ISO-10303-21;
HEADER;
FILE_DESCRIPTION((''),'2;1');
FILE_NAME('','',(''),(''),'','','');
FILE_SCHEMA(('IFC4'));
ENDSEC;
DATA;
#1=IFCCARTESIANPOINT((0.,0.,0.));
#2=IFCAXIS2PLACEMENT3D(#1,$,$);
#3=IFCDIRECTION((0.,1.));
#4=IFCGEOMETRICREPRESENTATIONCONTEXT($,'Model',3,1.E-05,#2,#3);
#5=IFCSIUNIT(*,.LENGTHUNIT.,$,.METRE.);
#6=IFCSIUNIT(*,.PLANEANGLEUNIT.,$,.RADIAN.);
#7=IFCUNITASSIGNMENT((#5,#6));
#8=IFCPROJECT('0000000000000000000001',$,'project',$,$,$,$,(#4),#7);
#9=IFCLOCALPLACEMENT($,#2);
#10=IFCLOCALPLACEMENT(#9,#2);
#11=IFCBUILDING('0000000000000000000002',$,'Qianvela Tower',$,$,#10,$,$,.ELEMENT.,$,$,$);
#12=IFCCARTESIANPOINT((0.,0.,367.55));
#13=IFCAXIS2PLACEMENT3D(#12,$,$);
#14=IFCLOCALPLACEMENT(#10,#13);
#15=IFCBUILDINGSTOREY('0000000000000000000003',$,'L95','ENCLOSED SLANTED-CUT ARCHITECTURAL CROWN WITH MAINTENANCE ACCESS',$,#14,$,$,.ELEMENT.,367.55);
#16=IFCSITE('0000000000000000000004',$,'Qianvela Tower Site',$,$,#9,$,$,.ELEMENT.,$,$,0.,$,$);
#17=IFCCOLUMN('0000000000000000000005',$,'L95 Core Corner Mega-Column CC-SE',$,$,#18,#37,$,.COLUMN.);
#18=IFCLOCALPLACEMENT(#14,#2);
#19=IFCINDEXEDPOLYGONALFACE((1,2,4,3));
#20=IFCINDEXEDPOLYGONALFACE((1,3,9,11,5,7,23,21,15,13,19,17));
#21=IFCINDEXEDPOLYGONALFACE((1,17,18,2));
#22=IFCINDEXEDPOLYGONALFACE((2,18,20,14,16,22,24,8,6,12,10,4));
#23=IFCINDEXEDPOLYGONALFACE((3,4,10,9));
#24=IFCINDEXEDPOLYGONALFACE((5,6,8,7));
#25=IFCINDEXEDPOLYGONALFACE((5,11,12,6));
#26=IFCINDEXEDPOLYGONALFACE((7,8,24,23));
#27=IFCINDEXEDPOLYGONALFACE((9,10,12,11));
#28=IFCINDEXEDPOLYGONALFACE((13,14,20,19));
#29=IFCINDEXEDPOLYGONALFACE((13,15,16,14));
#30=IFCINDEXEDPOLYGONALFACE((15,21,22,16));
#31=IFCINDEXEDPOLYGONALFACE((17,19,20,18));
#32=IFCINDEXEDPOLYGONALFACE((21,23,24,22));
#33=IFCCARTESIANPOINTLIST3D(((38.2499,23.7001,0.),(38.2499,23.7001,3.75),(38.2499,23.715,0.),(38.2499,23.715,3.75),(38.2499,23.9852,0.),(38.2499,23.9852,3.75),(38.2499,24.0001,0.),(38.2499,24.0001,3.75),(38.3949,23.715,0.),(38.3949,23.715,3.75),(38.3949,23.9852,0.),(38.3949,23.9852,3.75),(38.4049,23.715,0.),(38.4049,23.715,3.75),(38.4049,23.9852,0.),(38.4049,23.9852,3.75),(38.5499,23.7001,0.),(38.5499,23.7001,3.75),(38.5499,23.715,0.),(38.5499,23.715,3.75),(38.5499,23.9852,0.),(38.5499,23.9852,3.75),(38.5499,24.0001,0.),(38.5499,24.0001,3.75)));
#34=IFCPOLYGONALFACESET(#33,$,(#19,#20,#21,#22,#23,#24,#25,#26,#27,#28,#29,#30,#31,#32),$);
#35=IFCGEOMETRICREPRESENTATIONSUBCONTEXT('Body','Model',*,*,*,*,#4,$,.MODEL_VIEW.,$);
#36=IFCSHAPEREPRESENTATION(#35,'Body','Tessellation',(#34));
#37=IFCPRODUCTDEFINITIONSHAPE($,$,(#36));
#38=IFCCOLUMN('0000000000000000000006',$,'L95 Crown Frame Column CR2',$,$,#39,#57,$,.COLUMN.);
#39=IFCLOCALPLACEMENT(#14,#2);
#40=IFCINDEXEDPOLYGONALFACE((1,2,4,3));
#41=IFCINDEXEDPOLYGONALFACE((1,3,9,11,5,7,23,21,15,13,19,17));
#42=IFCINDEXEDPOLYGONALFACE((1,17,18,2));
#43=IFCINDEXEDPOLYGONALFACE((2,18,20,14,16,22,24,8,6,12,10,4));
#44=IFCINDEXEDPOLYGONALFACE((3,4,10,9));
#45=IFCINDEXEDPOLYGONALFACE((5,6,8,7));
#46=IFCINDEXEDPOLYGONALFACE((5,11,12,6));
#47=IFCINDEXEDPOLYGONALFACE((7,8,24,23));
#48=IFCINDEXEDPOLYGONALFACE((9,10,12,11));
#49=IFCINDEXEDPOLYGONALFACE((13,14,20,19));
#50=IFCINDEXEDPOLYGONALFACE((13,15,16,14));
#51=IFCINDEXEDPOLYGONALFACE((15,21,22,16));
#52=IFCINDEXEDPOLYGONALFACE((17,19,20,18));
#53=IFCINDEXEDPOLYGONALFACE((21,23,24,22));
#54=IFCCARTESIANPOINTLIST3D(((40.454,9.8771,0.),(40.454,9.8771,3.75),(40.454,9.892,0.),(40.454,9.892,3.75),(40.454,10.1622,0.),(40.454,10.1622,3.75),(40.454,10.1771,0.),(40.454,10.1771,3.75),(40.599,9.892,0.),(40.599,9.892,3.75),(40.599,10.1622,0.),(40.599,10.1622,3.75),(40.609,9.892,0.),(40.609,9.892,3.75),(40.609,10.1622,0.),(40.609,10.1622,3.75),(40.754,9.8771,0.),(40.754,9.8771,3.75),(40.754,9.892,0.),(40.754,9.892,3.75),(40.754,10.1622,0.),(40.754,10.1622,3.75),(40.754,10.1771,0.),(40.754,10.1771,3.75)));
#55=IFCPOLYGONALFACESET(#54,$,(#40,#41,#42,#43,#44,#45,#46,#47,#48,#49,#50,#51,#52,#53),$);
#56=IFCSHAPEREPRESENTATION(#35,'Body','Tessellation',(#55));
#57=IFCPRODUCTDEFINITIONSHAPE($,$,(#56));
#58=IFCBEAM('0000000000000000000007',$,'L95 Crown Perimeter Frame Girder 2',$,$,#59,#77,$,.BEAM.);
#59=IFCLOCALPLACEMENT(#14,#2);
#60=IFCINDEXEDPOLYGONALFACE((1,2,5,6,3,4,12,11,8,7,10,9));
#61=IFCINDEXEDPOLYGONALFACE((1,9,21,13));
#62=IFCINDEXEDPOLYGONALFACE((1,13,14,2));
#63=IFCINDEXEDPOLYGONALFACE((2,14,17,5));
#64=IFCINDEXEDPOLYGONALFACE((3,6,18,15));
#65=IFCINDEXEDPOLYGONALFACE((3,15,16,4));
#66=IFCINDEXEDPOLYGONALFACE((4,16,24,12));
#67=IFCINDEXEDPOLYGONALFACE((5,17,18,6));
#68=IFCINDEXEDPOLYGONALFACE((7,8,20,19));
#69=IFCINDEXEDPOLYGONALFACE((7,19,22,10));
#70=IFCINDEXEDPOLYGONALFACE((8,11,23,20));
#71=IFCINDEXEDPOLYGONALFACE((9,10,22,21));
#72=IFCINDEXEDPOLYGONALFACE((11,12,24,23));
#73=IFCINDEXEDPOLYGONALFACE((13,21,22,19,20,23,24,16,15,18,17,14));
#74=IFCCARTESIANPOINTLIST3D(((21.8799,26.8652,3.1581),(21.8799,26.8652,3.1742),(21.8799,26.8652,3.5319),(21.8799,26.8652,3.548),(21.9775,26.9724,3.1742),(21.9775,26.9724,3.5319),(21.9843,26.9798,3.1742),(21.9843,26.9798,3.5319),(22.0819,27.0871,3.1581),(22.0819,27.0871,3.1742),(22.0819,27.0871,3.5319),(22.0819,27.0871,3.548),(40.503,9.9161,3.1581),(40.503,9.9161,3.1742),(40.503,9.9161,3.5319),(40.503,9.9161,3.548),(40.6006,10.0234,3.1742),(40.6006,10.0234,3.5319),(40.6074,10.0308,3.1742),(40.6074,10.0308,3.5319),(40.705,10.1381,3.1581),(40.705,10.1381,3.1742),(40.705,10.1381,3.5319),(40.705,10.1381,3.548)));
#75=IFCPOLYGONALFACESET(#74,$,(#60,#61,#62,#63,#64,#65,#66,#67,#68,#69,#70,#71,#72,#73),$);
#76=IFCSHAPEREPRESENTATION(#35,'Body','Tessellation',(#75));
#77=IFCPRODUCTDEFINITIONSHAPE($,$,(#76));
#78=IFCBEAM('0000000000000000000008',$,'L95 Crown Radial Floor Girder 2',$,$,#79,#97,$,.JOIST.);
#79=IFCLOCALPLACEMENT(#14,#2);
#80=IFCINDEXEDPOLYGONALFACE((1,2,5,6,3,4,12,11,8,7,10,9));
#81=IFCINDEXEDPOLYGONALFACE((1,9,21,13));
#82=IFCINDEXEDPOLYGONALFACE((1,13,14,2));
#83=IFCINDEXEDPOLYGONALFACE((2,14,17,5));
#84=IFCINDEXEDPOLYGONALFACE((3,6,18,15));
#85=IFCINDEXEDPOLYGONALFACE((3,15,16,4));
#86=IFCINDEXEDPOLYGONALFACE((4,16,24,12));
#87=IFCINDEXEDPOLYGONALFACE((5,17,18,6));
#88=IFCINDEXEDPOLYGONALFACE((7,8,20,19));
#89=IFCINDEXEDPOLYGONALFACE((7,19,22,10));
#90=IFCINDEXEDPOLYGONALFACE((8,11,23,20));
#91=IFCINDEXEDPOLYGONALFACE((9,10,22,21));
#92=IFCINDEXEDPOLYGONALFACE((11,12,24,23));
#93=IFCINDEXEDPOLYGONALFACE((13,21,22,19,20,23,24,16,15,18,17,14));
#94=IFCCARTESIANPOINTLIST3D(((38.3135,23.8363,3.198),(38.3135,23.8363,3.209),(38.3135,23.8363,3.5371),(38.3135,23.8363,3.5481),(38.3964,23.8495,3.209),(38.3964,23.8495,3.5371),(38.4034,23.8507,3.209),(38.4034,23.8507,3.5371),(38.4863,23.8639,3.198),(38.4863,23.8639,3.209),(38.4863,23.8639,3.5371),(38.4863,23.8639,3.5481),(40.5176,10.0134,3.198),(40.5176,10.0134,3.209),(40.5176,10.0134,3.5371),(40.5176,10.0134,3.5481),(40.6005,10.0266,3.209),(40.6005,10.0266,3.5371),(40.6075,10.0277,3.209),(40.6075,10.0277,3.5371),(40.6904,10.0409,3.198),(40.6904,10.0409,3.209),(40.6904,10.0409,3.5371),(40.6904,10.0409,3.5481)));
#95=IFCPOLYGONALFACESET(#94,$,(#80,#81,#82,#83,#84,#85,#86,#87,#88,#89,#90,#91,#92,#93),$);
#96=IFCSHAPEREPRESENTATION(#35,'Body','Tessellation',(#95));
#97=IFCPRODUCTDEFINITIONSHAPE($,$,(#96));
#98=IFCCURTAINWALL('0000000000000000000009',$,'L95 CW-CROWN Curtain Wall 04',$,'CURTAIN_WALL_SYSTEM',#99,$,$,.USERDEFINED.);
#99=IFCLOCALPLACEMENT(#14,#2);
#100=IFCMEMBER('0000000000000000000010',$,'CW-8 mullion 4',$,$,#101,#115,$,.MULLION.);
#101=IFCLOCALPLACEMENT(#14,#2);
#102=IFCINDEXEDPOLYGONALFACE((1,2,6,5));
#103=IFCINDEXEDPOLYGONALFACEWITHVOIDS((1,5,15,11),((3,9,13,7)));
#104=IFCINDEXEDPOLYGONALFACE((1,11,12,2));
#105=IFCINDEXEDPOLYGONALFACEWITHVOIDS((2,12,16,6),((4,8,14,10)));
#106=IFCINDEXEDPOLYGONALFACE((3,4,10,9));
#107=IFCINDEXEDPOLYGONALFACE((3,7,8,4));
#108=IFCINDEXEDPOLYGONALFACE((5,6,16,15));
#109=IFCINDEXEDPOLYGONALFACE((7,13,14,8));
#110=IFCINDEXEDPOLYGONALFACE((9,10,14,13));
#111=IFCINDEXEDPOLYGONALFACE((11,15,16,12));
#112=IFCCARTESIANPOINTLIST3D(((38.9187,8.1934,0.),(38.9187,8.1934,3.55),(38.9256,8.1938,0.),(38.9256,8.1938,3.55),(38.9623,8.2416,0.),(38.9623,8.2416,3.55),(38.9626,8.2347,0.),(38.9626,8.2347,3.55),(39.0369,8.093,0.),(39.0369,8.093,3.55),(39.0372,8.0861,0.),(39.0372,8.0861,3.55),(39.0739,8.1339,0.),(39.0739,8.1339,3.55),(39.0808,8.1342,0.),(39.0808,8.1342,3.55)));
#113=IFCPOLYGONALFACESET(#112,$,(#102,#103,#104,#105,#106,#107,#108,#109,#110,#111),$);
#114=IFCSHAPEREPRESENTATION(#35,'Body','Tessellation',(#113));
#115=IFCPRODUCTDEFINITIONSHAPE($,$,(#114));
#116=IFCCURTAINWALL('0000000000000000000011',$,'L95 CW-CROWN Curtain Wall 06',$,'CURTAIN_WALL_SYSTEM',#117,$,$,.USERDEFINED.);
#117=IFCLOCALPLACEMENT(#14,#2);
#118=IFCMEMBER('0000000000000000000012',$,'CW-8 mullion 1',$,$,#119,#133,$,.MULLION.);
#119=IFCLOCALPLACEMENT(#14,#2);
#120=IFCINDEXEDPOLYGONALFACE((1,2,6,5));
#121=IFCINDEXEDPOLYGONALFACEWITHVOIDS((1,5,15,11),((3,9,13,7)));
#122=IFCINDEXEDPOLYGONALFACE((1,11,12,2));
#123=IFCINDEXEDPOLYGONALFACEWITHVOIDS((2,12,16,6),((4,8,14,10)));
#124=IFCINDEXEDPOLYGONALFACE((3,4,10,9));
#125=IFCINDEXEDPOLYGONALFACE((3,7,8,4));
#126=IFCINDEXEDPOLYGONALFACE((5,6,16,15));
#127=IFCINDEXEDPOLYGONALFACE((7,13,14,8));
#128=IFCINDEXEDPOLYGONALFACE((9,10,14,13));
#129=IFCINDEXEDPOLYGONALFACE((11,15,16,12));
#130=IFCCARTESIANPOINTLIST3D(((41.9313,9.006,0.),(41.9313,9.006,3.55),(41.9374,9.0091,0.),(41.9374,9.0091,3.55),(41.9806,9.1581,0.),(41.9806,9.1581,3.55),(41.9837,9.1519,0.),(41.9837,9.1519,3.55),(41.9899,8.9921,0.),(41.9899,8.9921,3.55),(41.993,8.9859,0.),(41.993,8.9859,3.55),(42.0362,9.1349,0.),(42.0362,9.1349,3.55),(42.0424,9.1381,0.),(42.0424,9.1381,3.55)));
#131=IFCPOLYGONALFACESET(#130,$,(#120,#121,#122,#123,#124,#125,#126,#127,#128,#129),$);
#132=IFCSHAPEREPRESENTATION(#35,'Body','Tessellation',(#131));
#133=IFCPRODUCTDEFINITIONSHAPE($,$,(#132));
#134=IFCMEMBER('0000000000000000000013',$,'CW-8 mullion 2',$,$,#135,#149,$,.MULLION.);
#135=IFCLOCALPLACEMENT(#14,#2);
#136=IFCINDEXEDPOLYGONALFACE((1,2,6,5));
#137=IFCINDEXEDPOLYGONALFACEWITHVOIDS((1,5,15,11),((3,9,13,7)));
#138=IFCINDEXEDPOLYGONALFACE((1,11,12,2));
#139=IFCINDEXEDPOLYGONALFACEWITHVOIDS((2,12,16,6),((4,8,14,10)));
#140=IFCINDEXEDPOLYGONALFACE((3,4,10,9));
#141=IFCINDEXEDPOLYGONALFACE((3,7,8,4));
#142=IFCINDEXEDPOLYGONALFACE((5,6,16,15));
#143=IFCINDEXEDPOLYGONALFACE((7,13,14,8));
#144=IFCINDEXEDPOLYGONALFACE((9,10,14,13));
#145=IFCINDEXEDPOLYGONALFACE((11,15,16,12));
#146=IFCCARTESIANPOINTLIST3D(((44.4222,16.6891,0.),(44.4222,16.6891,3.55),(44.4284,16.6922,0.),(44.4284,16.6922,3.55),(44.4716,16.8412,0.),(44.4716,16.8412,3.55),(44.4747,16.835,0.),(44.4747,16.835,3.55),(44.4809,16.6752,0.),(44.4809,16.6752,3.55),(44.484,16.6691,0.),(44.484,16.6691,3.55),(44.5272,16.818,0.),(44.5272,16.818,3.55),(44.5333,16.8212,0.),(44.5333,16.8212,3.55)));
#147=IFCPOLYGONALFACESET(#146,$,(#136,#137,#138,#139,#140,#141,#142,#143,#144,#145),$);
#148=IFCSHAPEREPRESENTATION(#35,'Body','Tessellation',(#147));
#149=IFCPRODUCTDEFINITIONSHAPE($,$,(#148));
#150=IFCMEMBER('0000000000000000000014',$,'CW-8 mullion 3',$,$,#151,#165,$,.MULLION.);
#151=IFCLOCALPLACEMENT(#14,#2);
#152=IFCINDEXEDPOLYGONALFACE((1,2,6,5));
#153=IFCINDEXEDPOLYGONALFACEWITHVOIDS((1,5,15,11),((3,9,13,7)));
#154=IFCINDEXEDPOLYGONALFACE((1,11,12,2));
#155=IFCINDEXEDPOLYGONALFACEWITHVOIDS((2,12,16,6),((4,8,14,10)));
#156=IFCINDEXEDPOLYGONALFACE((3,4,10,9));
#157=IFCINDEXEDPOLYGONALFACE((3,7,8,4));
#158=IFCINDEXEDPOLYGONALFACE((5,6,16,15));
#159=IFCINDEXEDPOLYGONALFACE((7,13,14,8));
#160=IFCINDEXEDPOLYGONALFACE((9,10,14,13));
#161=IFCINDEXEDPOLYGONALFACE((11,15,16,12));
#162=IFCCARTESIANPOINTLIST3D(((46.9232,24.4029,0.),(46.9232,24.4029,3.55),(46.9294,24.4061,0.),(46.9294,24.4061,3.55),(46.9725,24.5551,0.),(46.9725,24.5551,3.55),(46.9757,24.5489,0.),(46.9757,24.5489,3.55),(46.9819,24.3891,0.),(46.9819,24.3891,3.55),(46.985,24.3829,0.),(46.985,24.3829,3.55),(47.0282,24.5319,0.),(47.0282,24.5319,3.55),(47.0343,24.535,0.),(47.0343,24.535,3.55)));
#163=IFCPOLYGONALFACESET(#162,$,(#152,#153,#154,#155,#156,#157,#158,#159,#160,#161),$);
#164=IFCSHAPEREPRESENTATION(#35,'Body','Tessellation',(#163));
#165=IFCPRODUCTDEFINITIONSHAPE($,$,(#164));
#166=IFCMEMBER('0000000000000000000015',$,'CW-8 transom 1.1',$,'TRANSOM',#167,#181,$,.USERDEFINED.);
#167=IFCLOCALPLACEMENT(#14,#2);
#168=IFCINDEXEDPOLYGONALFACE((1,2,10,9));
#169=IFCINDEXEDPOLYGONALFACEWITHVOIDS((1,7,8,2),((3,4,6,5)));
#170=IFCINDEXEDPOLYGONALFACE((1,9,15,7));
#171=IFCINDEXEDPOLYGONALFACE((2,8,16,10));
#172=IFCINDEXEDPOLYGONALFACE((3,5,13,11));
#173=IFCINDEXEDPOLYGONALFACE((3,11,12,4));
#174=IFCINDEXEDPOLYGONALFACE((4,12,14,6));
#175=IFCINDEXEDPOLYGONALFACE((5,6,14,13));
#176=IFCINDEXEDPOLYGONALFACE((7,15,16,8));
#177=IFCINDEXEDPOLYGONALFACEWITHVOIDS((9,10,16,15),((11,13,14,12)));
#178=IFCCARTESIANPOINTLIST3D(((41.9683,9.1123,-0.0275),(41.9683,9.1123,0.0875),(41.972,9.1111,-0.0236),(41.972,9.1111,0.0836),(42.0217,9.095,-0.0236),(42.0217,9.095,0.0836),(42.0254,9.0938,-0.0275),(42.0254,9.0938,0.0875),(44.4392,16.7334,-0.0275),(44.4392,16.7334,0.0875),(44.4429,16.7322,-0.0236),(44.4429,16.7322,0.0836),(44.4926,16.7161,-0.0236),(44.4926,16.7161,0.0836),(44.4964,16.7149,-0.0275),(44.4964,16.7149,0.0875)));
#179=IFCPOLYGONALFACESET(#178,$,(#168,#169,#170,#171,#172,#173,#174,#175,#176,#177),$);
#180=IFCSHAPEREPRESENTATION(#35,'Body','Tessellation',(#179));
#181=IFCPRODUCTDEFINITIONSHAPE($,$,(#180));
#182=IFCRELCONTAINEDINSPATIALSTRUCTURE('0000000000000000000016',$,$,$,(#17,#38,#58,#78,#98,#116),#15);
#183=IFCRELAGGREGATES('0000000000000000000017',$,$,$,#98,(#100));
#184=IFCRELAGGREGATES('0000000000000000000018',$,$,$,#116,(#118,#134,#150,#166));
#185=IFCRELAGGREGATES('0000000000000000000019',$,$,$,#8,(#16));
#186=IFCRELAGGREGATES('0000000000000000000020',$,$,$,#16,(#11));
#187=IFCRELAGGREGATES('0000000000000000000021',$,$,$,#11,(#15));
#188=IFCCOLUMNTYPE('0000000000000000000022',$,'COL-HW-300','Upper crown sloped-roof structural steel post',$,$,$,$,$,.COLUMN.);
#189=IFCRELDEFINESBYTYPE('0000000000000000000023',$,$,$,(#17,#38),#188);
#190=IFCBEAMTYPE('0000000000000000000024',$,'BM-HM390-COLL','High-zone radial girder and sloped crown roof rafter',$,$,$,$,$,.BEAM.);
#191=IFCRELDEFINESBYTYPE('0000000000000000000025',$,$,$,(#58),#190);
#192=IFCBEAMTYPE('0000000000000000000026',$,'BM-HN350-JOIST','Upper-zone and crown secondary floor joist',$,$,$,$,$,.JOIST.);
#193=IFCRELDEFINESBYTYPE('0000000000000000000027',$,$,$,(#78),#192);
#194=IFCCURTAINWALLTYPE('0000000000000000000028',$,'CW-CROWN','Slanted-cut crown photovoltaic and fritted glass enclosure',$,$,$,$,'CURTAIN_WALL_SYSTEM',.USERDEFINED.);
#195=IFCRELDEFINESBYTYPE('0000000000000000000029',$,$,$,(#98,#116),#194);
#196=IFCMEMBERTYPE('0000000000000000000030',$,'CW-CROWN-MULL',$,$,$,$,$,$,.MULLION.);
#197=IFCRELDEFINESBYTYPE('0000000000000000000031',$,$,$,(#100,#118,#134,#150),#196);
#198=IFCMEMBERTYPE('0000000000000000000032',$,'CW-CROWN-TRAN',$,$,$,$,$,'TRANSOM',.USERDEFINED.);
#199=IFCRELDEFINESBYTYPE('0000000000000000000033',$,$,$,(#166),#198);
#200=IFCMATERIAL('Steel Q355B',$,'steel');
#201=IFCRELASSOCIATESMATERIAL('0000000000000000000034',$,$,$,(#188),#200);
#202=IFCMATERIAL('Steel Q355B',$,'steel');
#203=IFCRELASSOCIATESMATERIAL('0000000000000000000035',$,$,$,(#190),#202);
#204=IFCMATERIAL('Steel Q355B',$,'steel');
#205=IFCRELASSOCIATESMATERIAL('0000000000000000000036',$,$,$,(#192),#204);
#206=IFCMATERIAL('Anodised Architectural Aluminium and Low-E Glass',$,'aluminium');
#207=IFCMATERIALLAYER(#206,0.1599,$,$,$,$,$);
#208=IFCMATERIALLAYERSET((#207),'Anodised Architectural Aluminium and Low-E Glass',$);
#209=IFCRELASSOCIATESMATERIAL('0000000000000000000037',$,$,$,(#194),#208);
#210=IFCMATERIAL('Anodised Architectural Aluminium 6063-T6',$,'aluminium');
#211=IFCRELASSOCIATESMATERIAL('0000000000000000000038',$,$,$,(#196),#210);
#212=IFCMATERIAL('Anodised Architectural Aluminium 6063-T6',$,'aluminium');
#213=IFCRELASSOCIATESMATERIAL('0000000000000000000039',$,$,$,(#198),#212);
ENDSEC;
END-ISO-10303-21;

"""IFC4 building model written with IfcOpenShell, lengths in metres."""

from ifc_helpers import new_model, si_unit, direction, frame, origin, origin_2d, place, context, subcontext, project, spatial, hollow_rectangle, i_section, extrude, material, layer, layer_set, material_profile, profile_set, type_object, element, aggregate, save


model = new_model("IFC4")

# Units and contexts
model_context = context("Model", 3, precision=1e-05, world=origin(), true_north=direction((0.0, 1.0)))
body_context = subcontext(model_context, "Body", "Model", "MODEL_VIEW")
ifc_project = project(units=[si_unit("LENGTHUNIT", "METRE"), si_unit("PLANEANGLEUNIT", "RADIAN")], contexts=[model_context])

# Site, building, storey
site_placement = place(None, origin())
site = spatial("IfcSite", under=ifc_project, at=site_placement, Name="Qianvela Tower Site", CompositionType="ELEMENT", RefElevation=0.0)
building_placement = place(site_placement, origin())
building = spatial("IfcBuilding", under=site, at=building_placement, Name="Qianvela Tower", CompositionType="ELEMENT")
storey_placement = place(building_placement, frame((0.0, 0.0, 367.55)))
storey = spatial("IfcBuildingStorey", under=building, at=storey_placement, Name="L95", Description="ENCLOSED SLANTED-CUT ARCHITECTURAL CROWN WITH MAINTENANCE ACCESS", CompositionType="ELEMENT", Elevation=367.55)

# Columns
ifc_material_1 = material(Name="Steel Q355B", Category="steel")
ifc_material_profile_1 = material_profile(ifc_material_1, i_section(OverallWidth=0.3, OverallDepth=0.3, WebThickness=0.01, FlangeThickness=0.0149, at=origin_2d()), Name="HW300x300x10x15")
ifc_profile_set_1 = profile_set([ifc_material_profile_1], Name="Steel Q355B")
column_type = type_object("IfcColumnType", Name="COL-HW-300", Description="Upper crown sloped-roof structural steel post", PredefinedType="COLUMN", material=ifc_profile_set_1)
for number, where, z_axis, x_axis, name in (
    (1, (38.3999, 23.8501, 0.0), (0.0, 0.0, 1.0), (1.0, 0.0, 0.0), "L95 Core Corner Mega-Column CC-SE"),
    (2, (40.604, 10.0271, 0.0), (0.0, 0.0, 1.0), (1.0, 0.0, 0.0), "L95 Crown Frame Column CR2"),
):
    element("IfcColumn", number, at=place(storey_placement, frame(where, z_axis=z_axis, x_axis=x_axis)), inside=storey, type_object=column_type, Name=name, PredefinedType="COLUMN", context=body_context, shape_type="SweptSolid", body=[
        extrude(i_section(OverallWidth=0.3, OverallDepth=0.3, WebThickness=0.01, FlangeThickness=0.0149, at=origin_2d()), origin(), (0.0, 0.0, 1.0), 3.75),
    ])

# Beams
ifc_material_2 = material(Name="Steel Q355B", Category="steel")
ifc_material_profile_2 = material_profile(ifc_material_2, i_section(OverallWidth=0.3, OverallDepth=0.3899, WebThickness=0.01, FlangeThickness=0.0161, at=origin_2d()), Name="HM390x300x10x16")
ifc_profile_set_2 = profile_set([ifc_material_profile_2], Name="Steel Q355B")
beam_type_1 = type_object("IfcBeamType", Name="BM-HM390-COLL", Description="High-zone radial girder and sloped crown roof rafter", PredefinedType="BEAM", material=ifc_profile_set_2)
beam_1_placement = place(storey_placement, frame((40.604, 10.0271, 3.353), z_axis=(-0.739566, 0.673084, 0.0), x_axis=(-0.673084, -0.739566, 0.0)))
element("IfcBeam", 3, at=beam_1_placement, inside=storey, type_object=beam_type_1, Name="L95 Crown Perimeter Frame Girder 2", PredefinedType="BEAM", context=body_context, shape_type="SweptSolid", body=[
    extrude(i_section(OverallWidth=0.3, OverallDepth=0.3899, WebThickness=0.01, FlangeThickness=0.0161, at=origin_2d()), origin(), (0.0, 0.0, 1.0), 25.1812),
])
ifc_material_3 = material(Name="Steel Q355B", Category="steel")
ifc_material_profile_3 = material_profile(ifc_material_3, i_section(OverallWidth=0.175, OverallDepth=0.3501, WebThickness=0.0071, FlangeThickness=0.011, at=origin_2d()), Name="HN350x175x7x11")
ifc_profile_set_3 = profile_set([ifc_material_profile_3], Name="Steel Q355B")
beam_type_2 = type_object("IfcBeamType", Name="BM-HN350-JOIST", Description="Upper-zone and crown secondary floor joist", PredefinedType="JOIST", material=ifc_profile_set_3)
beam_2_placement = place(storey_placement, frame((38.3999, 23.8501, 3.373), z_axis=(0.157463, -0.987525, 0.0), x_axis=(0.987525, 0.157463, 0.0)))
element("IfcBeam", 4, at=beam_2_placement, inside=storey, type_object=beam_type_2, Name="L95 Crown Radial Floor Girder 2", PredefinedType="JOIST", context=body_context, shape_type="SweptSolid", body=[
    extrude(i_section(OverallWidth=0.175, OverallDepth=0.3501, WebThickness=0.0071, FlangeThickness=0.011, at=origin_2d()), origin(), (0.0, 0.0, 1.0), 13.9976),
])

# Curtain wall, member
ifc_material_4 = material(Name="Anodised Architectural Aluminium and Low-E Glass", Category="aluminium")
ifc_layer_1 = layer(ifc_material_4, 0.1599)
ifc_layer_set_1 = layer_set([ifc_layer_1], Name="Anodised Architectural Aluminium and Low-E Glass")
curtain_wall_type = type_object("IfcCurtainWallType", Name="CW-CROWN", Description="Slanted-cut crown photovoltaic and fritted glass enclosure", ElementType="CURTAIN_WALL_SYSTEM", PredefinedType="USERDEFINED", material=ifc_layer_set_1)
curtain_wall_1_placement = place(storey_placement, origin())
curtain_wall_1 = element("IfcCurtainWall", 5, at=curtain_wall_1_placement, inside=storey, type_object=curtain_wall_type, Name="L95 CW-CROWN Curtain Wall 04", ObjectType="CURTAIN_WALL_SYSTEM", PredefinedType="USERDEFINED")
ifc_material_5 = material(Name="Anodised Architectural Aluminium 6063-T6", Category="aluminium")
ifc_material_profile_4 = material_profile(ifc_material_5, hollow_rectangle(XDim=0.0649, YDim=0.1599, WallThickness=0.0049, at=origin_2d()), Name="ALU-MULL-65x160")
ifc_profile_set_4 = profile_set([ifc_material_profile_4], Name="Anodised Architectural Aluminium 6063-T6")
member_type_1 = type_object("IfcMemberType", Name="CW-CROWN-MULL", PredefinedType="MULLION", material=ifc_profile_set_4)
member_1_placement = place(storey_placement, frame((38.9998, 8.1638, 0.0), z_axis=(0.0, 0.0, 1.0), x_axis=(0.671205, 0.741272, 0.0)))
member_1 = element("IfcMember", 6, at=member_1_placement, type_object=member_type_1, Name="CW-8 mullion 4", PredefinedType="MULLION", context=body_context, shape_type="SweptSolid", body=[
    extrude(hollow_rectangle(XDim=0.0649, YDim=0.1599, WallThickness=0.0049, at=origin_2d()), origin(), (0.0, 0.0, 1.0), 3.55),
])
aggregate(curtain_wall_1, [member_1])

# Curtain wall, members
curtain_wall_2_placement = place(storey_placement, origin())
curtain_wall_2 = element("IfcCurtainWall", 7, at=curtain_wall_2_placement, inside=storey, type_object=curtain_wall_type, Name="L95 CW-CROWN Curtain Wall 06", ObjectType="CURTAIN_WALL_SYSTEM", PredefinedType="USERDEFINED")
member_2_placement = place(storey_placement, frame((41.9868, 9.072, 0.0), z_axis=(0.0, 0.0, 1.0), x_axis=(-0.951256, 0.308404, 0.0)))
member_2 = element("IfcMember", 8, at=member_2_placement, type_object=member_type_1, Name="CW-8 mullion 1", PredefinedType="MULLION", context=body_context, shape_type="SweptSolid", body=[
    extrude(hollow_rectangle(XDim=0.0649, YDim=0.1599, WallThickness=0.0049, at=origin_2d()), origin(), (0.0, 0.0, 1.0), 3.55),
])
member_3_placement = place(storey_placement, frame((44.4778, 16.7551, 0.0), z_axis=(0.0, 0.0, 1.0), x_axis=(-0.951256, 0.308404, 0.0)))
member_3 = element("IfcMember", 9, at=member_3_placement, type_object=member_type_1, Name="CW-8 mullion 2", PredefinedType="MULLION", context=body_context, shape_type="SweptSolid", body=[
    extrude(hollow_rectangle(XDim=0.0649, YDim=0.1599, WallThickness=0.0049, at=origin_2d()), origin(), (0.0, 0.0, 1.0), 3.55),
])
member_4_placement = place(storey_placement, frame((46.9788, 24.469, 0.0), z_axis=(0.0, 0.0, 1.0), x_axis=(-0.951256, 0.308404, 0.0)))
member_4 = element("IfcMember", 10, at=member_4_placement, type_object=member_type_1, Name="CW-8 mullion 3", PredefinedType="MULLION", context=body_context, shape_type="SweptSolid", body=[
    extrude(hollow_rectangle(XDim=0.0649, YDim=0.1599, WallThickness=0.0049, at=origin_2d()), origin(), (0.0, 0.0, 1.0), 3.55),
])
ifc_material_6 = material(Name="Anodised Architectural Aluminium 6063-T6", Category="aluminium")
ifc_material_profile_5 = material_profile(ifc_material_6, hollow_rectangle(XDim=0.0601, YDim=0.115, WallThickness=0.0039, at=origin_2d()), Name="ALU-TRAN-60x115")
ifc_profile_set_5 = profile_set([ifc_material_profile_5], Name="Anodised Architectural Aluminium 6063-T6")
member_type_2 = type_object("IfcMemberType", Name="CW-CROWN-TRAN", ElementType="TRANSOM", PredefinedType="USERDEFINED", material=ifc_profile_set_5)
member_5_placement = place(storey_placement, frame((41.9968, 9.103, 0.03), z_axis=(0.308419, 0.951251, 0.0), x_axis=(-0.951251, 0.308419, 0.0)))
member_5 = element("IfcMember", 11, at=member_5_placement, type_object=member_type_2, Name="CW-8 transom 1.1", ObjectType="TRANSOM", PredefinedType="USERDEFINED", context=body_context, shape_type="SweptSolid", body=[
    extrude(hollow_rectangle(XDim=0.0601, YDim=0.115, WallThickness=0.0039, at=origin_2d()), origin(), (0.0, 0.0, 1.0), 8.0117),
])
aggregate(curtain_wall_2, [member_2, member_3, member_4, member_5])

save(model, "model.ifc")
